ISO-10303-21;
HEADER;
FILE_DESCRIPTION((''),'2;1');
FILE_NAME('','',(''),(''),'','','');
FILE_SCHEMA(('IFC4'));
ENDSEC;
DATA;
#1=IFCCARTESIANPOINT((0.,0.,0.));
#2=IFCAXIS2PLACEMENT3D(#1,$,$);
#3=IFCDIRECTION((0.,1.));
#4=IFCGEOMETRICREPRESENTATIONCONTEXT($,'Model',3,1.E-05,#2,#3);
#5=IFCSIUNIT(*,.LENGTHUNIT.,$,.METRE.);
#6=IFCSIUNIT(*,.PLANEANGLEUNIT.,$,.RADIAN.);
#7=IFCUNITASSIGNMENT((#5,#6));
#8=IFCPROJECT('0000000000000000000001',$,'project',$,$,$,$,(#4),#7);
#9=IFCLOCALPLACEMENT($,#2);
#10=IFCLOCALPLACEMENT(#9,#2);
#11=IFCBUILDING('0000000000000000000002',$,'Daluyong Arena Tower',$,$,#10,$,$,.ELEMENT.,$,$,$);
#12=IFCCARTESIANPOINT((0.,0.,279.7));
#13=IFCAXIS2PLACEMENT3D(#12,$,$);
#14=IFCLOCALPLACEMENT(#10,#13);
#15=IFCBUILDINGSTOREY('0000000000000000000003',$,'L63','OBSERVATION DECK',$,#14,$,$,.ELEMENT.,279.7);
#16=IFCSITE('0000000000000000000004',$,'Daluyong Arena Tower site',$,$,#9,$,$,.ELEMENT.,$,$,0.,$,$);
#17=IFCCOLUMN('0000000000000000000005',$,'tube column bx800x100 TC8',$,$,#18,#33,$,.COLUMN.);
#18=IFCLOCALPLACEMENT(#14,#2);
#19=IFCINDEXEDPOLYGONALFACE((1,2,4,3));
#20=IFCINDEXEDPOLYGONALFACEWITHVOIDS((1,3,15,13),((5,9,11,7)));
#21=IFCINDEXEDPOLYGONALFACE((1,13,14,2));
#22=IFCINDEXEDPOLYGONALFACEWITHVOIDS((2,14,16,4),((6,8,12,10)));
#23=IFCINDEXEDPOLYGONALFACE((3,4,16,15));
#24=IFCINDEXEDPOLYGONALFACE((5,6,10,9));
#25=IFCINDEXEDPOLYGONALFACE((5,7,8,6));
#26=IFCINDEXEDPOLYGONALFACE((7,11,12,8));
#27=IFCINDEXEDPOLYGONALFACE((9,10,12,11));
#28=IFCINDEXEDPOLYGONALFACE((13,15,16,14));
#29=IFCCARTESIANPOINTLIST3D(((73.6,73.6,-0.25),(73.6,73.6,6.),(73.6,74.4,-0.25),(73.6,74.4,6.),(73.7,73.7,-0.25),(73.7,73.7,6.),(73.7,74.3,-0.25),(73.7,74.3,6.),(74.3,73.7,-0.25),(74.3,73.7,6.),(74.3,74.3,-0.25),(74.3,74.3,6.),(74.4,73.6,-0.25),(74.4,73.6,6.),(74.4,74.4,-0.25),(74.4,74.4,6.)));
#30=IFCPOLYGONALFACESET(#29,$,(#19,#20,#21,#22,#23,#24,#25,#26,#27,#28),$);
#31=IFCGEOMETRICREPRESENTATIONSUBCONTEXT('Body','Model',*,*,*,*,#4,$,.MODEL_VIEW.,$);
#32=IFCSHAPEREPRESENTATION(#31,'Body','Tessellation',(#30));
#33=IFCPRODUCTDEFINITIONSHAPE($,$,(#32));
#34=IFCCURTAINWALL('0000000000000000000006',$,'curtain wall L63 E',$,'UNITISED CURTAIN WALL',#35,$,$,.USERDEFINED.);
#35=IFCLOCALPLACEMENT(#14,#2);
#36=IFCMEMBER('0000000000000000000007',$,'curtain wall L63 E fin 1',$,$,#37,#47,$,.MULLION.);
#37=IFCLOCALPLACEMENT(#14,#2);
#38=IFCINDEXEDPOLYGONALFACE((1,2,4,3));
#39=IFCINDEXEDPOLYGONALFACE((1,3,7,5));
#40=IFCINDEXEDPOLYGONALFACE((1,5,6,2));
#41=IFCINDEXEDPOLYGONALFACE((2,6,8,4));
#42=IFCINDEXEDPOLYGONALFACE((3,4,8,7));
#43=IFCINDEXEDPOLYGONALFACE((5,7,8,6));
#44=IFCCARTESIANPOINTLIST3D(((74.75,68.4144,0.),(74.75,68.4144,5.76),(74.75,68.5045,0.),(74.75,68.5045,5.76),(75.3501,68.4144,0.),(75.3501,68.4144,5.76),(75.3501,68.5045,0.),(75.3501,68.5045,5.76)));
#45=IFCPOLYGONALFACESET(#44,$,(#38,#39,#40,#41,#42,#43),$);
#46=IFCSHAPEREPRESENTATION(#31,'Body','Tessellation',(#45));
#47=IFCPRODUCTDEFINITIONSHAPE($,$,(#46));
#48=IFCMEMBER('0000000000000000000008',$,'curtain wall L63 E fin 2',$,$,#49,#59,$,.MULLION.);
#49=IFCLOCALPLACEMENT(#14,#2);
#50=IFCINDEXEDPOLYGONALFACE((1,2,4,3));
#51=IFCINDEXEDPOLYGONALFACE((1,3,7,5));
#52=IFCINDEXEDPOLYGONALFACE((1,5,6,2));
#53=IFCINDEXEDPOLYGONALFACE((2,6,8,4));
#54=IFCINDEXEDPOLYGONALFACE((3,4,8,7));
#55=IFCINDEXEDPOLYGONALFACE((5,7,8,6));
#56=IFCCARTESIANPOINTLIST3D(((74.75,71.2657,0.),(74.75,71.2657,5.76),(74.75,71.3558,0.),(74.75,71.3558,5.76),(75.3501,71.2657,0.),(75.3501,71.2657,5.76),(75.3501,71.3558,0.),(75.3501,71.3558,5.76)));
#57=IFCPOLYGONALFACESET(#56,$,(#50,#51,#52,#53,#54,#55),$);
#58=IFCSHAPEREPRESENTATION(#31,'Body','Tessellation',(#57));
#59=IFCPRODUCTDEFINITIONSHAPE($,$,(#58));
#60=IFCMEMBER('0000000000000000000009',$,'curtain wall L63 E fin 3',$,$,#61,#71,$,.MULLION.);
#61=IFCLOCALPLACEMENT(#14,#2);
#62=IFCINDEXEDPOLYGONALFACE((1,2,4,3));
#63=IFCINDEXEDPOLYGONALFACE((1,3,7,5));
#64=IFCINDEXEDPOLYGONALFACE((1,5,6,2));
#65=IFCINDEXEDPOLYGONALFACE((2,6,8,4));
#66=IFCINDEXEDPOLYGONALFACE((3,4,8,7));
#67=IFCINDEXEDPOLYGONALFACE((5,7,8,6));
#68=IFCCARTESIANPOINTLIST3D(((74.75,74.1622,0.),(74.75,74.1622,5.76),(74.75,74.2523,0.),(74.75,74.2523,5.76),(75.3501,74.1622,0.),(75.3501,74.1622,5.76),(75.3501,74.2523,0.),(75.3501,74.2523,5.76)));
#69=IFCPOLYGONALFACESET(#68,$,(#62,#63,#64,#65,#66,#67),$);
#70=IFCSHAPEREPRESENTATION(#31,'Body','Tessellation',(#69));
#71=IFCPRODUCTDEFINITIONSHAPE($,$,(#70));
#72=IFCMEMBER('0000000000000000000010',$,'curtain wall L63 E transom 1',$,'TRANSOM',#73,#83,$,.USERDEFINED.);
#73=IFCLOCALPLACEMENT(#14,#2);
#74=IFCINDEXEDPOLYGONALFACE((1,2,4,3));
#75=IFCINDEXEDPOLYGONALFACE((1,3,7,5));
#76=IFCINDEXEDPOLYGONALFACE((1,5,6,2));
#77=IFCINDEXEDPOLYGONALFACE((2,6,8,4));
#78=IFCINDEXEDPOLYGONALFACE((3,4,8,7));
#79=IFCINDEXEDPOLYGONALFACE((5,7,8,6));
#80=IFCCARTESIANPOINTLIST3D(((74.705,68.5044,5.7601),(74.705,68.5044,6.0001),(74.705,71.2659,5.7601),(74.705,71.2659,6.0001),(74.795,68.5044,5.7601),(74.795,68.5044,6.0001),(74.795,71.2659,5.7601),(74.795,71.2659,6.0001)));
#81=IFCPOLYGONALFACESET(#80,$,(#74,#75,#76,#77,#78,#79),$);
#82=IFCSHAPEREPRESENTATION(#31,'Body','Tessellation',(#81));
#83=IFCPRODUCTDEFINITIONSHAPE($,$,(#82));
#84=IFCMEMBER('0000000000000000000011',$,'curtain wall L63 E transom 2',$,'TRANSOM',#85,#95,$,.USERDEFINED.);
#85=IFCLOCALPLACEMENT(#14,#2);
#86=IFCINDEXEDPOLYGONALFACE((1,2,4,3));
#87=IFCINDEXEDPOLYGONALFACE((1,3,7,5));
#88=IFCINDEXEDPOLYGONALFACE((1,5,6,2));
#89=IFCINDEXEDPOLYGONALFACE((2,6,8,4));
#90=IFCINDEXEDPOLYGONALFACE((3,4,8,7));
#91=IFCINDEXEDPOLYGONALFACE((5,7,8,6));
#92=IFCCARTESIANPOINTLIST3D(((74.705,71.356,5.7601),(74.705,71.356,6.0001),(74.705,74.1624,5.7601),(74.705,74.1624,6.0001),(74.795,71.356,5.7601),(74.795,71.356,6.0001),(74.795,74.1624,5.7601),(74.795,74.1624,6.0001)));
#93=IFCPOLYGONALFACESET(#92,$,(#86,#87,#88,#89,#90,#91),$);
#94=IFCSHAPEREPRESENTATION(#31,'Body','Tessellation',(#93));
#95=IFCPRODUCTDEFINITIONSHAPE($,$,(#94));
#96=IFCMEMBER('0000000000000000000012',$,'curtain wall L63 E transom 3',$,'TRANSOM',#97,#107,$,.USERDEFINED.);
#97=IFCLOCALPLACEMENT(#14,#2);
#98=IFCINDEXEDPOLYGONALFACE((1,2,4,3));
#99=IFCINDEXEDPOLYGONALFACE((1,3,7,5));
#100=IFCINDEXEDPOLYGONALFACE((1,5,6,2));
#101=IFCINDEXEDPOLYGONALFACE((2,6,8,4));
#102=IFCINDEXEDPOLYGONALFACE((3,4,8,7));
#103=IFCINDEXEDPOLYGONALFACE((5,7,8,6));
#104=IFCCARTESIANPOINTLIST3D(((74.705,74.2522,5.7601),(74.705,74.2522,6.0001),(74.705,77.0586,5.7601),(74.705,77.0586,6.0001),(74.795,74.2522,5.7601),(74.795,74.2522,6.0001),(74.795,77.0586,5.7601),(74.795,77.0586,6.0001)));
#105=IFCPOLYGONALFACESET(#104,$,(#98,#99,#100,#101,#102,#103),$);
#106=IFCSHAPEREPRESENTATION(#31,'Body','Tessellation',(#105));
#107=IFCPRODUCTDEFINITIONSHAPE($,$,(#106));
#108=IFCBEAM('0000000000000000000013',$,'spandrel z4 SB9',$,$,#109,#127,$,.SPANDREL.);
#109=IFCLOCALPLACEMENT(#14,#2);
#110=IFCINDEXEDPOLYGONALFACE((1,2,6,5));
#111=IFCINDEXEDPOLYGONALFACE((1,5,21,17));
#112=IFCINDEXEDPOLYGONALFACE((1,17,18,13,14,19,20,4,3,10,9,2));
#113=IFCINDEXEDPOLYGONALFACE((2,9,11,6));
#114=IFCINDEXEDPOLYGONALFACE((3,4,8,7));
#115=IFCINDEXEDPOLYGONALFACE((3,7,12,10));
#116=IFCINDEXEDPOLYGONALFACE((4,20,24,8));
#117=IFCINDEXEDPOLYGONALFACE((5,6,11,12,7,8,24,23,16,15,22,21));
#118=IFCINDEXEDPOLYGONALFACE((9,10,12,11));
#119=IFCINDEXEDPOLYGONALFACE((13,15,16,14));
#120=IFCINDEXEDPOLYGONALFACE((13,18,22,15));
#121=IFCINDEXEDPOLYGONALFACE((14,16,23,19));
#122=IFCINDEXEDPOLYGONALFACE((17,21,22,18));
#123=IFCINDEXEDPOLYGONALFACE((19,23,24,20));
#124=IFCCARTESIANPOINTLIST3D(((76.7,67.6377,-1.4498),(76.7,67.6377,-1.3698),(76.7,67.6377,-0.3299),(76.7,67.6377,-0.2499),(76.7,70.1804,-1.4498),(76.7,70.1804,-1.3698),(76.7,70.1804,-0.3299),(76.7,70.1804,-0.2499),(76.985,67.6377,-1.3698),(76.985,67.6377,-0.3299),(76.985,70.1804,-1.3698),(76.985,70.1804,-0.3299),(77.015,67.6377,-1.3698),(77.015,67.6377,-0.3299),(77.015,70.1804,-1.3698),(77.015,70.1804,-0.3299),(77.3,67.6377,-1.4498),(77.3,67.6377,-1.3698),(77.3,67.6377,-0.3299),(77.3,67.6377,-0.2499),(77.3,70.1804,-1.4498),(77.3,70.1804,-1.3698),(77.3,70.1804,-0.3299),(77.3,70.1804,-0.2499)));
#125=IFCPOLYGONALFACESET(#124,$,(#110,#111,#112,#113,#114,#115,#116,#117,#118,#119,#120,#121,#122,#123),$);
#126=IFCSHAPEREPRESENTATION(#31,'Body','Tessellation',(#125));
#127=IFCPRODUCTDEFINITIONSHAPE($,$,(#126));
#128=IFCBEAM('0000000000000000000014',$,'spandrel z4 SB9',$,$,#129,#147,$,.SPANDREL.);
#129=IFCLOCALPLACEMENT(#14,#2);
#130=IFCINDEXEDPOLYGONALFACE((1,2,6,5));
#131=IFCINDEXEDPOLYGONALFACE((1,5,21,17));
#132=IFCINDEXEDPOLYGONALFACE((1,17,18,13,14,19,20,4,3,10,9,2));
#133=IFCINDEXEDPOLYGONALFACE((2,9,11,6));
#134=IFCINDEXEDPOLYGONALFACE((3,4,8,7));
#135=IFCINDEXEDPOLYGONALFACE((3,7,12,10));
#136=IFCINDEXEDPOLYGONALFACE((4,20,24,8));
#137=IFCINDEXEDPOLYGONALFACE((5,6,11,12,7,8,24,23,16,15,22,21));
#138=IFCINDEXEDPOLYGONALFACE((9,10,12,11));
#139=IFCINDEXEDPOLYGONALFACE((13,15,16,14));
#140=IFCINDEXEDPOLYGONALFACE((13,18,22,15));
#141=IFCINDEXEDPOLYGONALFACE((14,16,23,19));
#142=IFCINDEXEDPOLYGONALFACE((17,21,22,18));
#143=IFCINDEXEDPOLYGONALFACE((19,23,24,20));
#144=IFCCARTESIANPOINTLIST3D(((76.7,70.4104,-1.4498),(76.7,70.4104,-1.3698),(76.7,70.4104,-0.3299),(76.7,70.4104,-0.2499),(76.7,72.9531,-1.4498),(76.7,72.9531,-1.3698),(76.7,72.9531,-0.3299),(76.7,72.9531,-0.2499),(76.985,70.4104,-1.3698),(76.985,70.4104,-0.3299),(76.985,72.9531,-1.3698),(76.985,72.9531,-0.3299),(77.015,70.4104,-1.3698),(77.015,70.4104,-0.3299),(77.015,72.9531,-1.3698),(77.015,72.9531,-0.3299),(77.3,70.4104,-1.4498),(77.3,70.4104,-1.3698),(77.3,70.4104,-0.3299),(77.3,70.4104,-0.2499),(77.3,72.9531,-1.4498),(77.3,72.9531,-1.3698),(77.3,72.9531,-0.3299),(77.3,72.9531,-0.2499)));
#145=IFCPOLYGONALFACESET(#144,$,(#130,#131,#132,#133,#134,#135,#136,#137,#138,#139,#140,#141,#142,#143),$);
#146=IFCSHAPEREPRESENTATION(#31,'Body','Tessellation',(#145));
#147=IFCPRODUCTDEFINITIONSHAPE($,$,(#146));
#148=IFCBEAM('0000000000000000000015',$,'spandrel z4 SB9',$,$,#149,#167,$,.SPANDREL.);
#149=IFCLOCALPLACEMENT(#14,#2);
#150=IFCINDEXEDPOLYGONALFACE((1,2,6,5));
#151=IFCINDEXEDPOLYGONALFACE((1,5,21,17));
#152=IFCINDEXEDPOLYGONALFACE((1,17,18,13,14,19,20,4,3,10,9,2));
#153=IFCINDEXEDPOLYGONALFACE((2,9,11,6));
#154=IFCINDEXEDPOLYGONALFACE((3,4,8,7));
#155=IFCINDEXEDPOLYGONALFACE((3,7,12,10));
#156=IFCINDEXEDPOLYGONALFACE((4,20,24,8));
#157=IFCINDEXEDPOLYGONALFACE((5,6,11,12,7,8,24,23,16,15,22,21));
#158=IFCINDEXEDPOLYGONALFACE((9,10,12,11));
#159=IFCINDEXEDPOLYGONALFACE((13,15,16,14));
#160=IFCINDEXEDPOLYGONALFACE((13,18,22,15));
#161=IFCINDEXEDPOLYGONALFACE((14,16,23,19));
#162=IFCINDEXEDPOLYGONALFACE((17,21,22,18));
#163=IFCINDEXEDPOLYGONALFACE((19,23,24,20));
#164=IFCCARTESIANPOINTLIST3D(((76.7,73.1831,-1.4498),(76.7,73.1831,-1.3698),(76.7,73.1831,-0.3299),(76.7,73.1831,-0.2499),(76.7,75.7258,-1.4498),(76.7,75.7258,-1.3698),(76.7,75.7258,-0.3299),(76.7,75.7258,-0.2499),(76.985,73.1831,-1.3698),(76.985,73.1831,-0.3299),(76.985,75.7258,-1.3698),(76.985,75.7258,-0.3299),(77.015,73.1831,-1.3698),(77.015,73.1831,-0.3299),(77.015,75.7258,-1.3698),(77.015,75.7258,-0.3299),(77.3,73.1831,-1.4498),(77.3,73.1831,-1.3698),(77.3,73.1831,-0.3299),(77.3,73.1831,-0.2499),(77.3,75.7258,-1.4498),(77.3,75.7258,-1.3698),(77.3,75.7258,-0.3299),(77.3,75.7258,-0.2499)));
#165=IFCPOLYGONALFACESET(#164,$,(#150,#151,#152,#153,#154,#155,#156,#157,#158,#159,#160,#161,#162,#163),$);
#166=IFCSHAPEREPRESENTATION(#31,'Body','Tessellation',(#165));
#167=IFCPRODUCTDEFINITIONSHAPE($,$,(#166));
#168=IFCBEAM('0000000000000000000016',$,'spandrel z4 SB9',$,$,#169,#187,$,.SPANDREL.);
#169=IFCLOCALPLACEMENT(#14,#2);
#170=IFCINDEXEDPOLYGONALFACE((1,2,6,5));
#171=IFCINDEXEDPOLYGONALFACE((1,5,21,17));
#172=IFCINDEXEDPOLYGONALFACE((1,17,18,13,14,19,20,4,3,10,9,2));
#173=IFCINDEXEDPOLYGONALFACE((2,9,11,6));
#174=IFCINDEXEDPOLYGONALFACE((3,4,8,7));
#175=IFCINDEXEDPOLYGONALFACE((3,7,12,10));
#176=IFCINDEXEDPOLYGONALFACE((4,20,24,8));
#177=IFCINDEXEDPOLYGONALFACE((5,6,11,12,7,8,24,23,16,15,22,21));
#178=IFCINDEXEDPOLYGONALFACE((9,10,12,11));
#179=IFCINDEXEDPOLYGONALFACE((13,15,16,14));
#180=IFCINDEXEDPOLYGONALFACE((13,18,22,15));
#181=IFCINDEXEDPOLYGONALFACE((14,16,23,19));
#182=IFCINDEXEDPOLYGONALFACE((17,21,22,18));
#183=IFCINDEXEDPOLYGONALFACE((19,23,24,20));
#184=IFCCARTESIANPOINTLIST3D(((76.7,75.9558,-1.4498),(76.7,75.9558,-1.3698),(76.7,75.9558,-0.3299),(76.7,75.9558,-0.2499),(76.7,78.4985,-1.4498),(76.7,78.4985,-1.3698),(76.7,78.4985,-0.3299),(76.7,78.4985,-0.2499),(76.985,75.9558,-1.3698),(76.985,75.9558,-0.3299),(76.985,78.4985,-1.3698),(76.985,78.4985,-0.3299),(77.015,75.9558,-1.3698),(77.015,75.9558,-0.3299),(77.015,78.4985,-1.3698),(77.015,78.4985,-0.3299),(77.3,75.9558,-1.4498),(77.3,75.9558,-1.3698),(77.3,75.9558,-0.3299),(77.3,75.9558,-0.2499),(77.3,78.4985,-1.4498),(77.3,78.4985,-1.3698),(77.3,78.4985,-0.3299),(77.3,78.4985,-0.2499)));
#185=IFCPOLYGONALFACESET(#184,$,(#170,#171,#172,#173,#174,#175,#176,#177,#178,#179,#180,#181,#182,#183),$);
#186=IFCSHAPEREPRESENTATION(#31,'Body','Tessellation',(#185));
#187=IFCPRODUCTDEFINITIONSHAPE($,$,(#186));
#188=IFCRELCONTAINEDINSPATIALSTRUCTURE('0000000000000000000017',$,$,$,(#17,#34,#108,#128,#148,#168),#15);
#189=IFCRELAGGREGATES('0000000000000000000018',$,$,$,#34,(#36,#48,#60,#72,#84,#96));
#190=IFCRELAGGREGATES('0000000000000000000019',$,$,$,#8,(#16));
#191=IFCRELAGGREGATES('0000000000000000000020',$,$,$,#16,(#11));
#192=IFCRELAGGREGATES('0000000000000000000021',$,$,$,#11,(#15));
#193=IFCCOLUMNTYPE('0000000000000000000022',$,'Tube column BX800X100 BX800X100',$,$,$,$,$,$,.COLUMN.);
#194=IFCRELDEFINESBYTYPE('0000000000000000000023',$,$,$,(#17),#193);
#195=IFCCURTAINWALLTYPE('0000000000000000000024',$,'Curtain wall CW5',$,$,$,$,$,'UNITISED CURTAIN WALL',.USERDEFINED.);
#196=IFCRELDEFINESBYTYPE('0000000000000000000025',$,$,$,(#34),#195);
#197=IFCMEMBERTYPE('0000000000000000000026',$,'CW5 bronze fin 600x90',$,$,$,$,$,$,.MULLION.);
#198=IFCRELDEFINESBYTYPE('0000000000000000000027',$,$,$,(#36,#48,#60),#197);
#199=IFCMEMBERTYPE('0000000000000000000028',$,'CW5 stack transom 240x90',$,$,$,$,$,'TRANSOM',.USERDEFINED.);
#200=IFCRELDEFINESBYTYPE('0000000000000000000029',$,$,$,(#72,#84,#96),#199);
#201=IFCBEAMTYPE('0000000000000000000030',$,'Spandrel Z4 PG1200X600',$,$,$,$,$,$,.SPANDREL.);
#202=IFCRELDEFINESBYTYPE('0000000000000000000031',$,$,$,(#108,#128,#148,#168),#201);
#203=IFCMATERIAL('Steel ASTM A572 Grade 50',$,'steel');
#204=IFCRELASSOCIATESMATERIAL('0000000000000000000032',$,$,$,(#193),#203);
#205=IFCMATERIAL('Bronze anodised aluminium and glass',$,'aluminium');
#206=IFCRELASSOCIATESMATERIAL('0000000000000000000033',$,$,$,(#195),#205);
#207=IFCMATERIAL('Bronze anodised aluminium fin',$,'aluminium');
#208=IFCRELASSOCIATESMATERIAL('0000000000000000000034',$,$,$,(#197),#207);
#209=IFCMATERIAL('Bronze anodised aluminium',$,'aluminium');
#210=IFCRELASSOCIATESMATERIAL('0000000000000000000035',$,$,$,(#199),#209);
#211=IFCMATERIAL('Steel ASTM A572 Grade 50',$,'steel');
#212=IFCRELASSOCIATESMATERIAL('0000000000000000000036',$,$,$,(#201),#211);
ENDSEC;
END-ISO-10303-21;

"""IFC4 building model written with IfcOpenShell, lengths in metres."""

from ifc_helpers import new_model, si_unit, direction, frame, origin, origin_2d, place, context, subcontext, project, spatial, rectangle, hollow_rectangle, i_section, extrude, material, material_profile, profile_set, type_object, element, aggregate, save


model = new_model("IFC4")

# Units and contexts
model_context = context("Model", 3, precision=1e-05, world=origin(), true_north=direction((0.0, 1.0)))
body_context = subcontext(model_context, "Body", "Model", "MODEL_VIEW")
ifc_project = project(units=[si_unit("LENGTHUNIT", "METRE"), si_unit("PLANEANGLEUNIT", "RADIAN")], contexts=[model_context])

# Site, building, storey
site_placement = place(None, origin())
site = spatial("IfcSite", under=ifc_project, at=site_placement, Name="Daluyong Arena Tower site", CompositionType="ELEMENT", RefElevation=0.0)
building_placement = place(site_placement, origin())
building = spatial("IfcBuilding", under=site, at=building_placement, Name="Daluyong Arena Tower", CompositionType="ELEMENT")
storey_placement = place(building_placement, frame((0.0, 0.0, 279.7)))
storey = spatial("IfcBuildingStorey", under=building, at=storey_placement, Name="L63", Description="OBSERVATION DECK", CompositionType="ELEMENT", Elevation=279.7)

# Column
ifc_material_1 = material(Name="Steel ASTM A572 Grade 50", Category="steel")
ifc_material_profile_1 = material_profile(ifc_material_1, hollow_rectangle(XDim=0.8, YDim=0.8, WallThickness=0.1, at=origin_2d()))
ifc_profile_set_1 = profile_set([ifc_material_profile_1], Name="Steel ASTM A572 Grade 50")
column_type = type_object("IfcColumnType", Name="Tube column BX800X100 BX800X100", PredefinedType="COLUMN", material=ifc_profile_set_1)
column_placement = place(storey_placement, frame((74.0, 74.0, -0.25), z_axis=(0.0, 0.0, 1.0), x_axis=(0.0, 1.0, 0.0)))
element("IfcColumn", 1, at=column_placement, inside=storey, type_object=column_type, Name="tube column bx800x100 TC8", PredefinedType="COLUMN", context=body_context, shape_type="SweptSolid", body=[
    extrude(hollow_rectangle(XDim=0.8, YDim=0.8, WallThickness=0.1, at=origin_2d()), origin(), (0.0, 0.0, 1.0), 6.25),
])

# Curtain wall, members
ifc_material_2 = material(Name="Bronze anodised aluminium and glass", Category="aluminium")
curtain_wall_type = type_object("IfcCurtainWallType", Name="Curtain wall CW5", ElementType="UNITISED CURTAIN WALL", PredefinedType="USERDEFINED", material=ifc_material_2)
curtain_wall_placement = place(storey_placement, origin())
curtain_wall = element("IfcCurtainWall", 2, at=curtain_wall_placement, inside=storey, type_object=curtain_wall_type, Name="curtain wall L63 E", ObjectType="UNITISED CURTAIN WALL", PredefinedType="USERDEFINED")
ifc_material_3 = material(Name="Bronze anodised aluminium fin", Category="aluminium")
ifc_material_profile_2 = material_profile(ifc_material_3, rectangle(XDim=0.6001, YDim=0.0901, at=origin_2d()))
ifc_profile_set_2 = profile_set([ifc_material_profile_2], Name="Bronze anodised aluminium fin")
member_type_1 = type_object("IfcMemberType", Name="CW5 bronze fin 600x90", PredefinedType="MULLION", material=ifc_profile_set_2)
member_1_placement = place(storey_placement, frame((75.05, 68.4595, 0.0), z_axis=(0.0, 0.0, 1.0), x_axis=(-1.0, 0.0, 0.0)))
member_1 = element("IfcMember", 3, at=member_1_placement, type_object=member_type_1, Name="curtain wall L63 E fin 1", PredefinedType="MULLION", context=body_context, shape_type="SweptSolid", body=[
    extrude(rectangle(XDim=0.6001, YDim=0.0901, at=origin_2d()), origin(), (0.0, 0.0, 1.0), 5.76),
])
member_2_placement = place(storey_placement, frame((75.05, 71.3108, 0.0), z_axis=(0.0, 0.0, 1.0), x_axis=(-1.0, 0.0, 0.0)))
member_2 = element("IfcMember", 4, at=member_2_placement, type_object=member_type_1, Name="curtain wall L63 E fin 2", PredefinedType="MULLION", context=body_context, shape_type="SweptSolid", body=[
    extrude(rectangle(XDim=0.6001, YDim=0.0901, at=origin_2d()), origin(), (0.0, 0.0, 1.0), 5.76),
])
member_3_placement = place(storey_placement, frame((75.05, 74.2073, 0.0), z_axis=(0.0, 0.0, 1.0), x_axis=(-1.0, 0.0, 0.0)))
member_3 = element("IfcMember", 5, at=member_3_placement, type_object=member_type_1, Name="curtain wall L63 E fin 3", PredefinedType="MULLION", context=body_context, shape_type="SweptSolid", body=[
    extrude(rectangle(XDim=0.6001, YDim=0.0901, at=origin_2d()), origin(), (0.0, 0.0, 1.0), 5.76),
])
ifc_material_4 = material(Name="Bronze anodised aluminium", Category="aluminium")
ifc_material_profile_3 = material_profile(ifc_material_4, rectangle(XDim=0.0901, YDim=0.24, at=origin_2d()))
ifc_profile_set_3 = profile_set([ifc_material_profile_3], Name="Bronze anodised aluminium")
member_type_2 = type_object("IfcMemberType", Name="CW5 stack transom 240x90", ElementType="TRANSOM", PredefinedType="USERDEFINED", material=ifc_profile_set_3)
member_4_placement = place(storey_placement, frame((74.75, 68.5044, 5.8801), z_axis=(0.0, 1.0, 0.0), x_axis=(-1.0, 0.0, 0.0)))
member_4 = element("IfcMember", 6, at=member_4_placement, type_object=member_type_2, Name="curtain wall L63 E transom 1", ObjectType="TRANSOM", PredefinedType="USERDEFINED", context=body_context, shape_type="SweptSolid", body=[
    extrude(rectangle(XDim=0.0901, YDim=0.24, at=origin_2d()), origin(), (0.0, 0.0, 1.0), 2.7615),
])
member_5_placement = place(storey_placement, frame((74.75, 71.356, 5.8801), z_axis=(0.0, 1.0, 0.0), x_axis=(-1.0, 0.0, 0.0)))
member_5 = element("IfcMember", 7, at=member_5_placement, type_object=member_type_2, Name="curtain wall L63 E transom 2", ObjectType="TRANSOM", PredefinedType="USERDEFINED", context=body_context, shape_type="SweptSolid", body=[
    extrude(rectangle(XDim=0.0901, YDim=0.24, at=origin_2d()), origin(), (0.0, 0.0, 1.0), 2.8064),
])
member_6_placement = place(storey_placement, frame((74.75, 74.2522, 5.8801), z_axis=(0.0, 1.0, 0.0), x_axis=(-1.0, 0.0, 0.0)))
member_6 = element("IfcMember", 8, at=member_6_placement, type_object=member_type_2, Name="curtain wall L63 E transom 3", ObjectType="TRANSOM", PredefinedType="USERDEFINED", context=body_context, shape_type="SweptSolid", body=[
    extrude(rectangle(XDim=0.0901, YDim=0.24, at=origin_2d()), origin(), (0.0, 0.0, 1.0), 2.8064),
])

# Beams
ifc_material_5 = material(Name="Steel ASTM A572 Grade 50", Category="steel")
ifc_material_profile_4 = material_profile(ifc_material_5, i_section(OverallWidth=0.6001, OverallDepth=1.2, WebThickness=0.03, FlangeThickness=0.08, at=origin_2d()))
ifc_profile_set_4 = profile_set([ifc_material_profile_4], Name="Steel ASTM A572 Grade 50")
beam_type_1 = type_object("IfcBeamType", Name="Spandrel Z4 PG1200X600", PredefinedType="SPANDREL", material=ifc_profile_set_4)
for number, where, z_axis, x_axis, name in (
    (9, (77.0, 67.6377, -0.8499), (0.0, 1.0, 0.0), (-1.0, 0.0, 0.0), "spandrel z4 SB9"),
    (10, (77.0, 70.4104, -0.8499), (0.0, 1.0, 0.0), (-1.0, 0.0, 0.0), "spandrel z4 SB9"),
    (11, (77.0, 73.1831, -0.8499), (0.0, 1.0, 0.0), (-1.0, 0.0, 0.0), "spandrel z4 SB9"),
    (12, (77.0, 75.9558, -0.8499), (0.0, 1.0, 0.0), (-1.0, 0.0, 0.0), "spandrel z4 SB9"),
):
    element("IfcBeam", number, at=place(storey_placement, frame(where, z_axis=z_axis, x_axis=x_axis)), inside=storey, type_object=beam_type_1, Name=name, PredefinedType="SPANDREL", context=body_context, shape_type="SweptSolid", body=[
        extrude(i_section(OverallWidth=0.6001, OverallDepth=1.2, WebThickness=0.03, FlangeThickness=0.08, at=origin_2d()), origin(), (0.0, 0.0, 1.0), 2.5427),
    ])

aggregate(curtain_wall, [member_1, member_2, member_3, member_4, member_5, member_6])

save(model, "model.ifc")
